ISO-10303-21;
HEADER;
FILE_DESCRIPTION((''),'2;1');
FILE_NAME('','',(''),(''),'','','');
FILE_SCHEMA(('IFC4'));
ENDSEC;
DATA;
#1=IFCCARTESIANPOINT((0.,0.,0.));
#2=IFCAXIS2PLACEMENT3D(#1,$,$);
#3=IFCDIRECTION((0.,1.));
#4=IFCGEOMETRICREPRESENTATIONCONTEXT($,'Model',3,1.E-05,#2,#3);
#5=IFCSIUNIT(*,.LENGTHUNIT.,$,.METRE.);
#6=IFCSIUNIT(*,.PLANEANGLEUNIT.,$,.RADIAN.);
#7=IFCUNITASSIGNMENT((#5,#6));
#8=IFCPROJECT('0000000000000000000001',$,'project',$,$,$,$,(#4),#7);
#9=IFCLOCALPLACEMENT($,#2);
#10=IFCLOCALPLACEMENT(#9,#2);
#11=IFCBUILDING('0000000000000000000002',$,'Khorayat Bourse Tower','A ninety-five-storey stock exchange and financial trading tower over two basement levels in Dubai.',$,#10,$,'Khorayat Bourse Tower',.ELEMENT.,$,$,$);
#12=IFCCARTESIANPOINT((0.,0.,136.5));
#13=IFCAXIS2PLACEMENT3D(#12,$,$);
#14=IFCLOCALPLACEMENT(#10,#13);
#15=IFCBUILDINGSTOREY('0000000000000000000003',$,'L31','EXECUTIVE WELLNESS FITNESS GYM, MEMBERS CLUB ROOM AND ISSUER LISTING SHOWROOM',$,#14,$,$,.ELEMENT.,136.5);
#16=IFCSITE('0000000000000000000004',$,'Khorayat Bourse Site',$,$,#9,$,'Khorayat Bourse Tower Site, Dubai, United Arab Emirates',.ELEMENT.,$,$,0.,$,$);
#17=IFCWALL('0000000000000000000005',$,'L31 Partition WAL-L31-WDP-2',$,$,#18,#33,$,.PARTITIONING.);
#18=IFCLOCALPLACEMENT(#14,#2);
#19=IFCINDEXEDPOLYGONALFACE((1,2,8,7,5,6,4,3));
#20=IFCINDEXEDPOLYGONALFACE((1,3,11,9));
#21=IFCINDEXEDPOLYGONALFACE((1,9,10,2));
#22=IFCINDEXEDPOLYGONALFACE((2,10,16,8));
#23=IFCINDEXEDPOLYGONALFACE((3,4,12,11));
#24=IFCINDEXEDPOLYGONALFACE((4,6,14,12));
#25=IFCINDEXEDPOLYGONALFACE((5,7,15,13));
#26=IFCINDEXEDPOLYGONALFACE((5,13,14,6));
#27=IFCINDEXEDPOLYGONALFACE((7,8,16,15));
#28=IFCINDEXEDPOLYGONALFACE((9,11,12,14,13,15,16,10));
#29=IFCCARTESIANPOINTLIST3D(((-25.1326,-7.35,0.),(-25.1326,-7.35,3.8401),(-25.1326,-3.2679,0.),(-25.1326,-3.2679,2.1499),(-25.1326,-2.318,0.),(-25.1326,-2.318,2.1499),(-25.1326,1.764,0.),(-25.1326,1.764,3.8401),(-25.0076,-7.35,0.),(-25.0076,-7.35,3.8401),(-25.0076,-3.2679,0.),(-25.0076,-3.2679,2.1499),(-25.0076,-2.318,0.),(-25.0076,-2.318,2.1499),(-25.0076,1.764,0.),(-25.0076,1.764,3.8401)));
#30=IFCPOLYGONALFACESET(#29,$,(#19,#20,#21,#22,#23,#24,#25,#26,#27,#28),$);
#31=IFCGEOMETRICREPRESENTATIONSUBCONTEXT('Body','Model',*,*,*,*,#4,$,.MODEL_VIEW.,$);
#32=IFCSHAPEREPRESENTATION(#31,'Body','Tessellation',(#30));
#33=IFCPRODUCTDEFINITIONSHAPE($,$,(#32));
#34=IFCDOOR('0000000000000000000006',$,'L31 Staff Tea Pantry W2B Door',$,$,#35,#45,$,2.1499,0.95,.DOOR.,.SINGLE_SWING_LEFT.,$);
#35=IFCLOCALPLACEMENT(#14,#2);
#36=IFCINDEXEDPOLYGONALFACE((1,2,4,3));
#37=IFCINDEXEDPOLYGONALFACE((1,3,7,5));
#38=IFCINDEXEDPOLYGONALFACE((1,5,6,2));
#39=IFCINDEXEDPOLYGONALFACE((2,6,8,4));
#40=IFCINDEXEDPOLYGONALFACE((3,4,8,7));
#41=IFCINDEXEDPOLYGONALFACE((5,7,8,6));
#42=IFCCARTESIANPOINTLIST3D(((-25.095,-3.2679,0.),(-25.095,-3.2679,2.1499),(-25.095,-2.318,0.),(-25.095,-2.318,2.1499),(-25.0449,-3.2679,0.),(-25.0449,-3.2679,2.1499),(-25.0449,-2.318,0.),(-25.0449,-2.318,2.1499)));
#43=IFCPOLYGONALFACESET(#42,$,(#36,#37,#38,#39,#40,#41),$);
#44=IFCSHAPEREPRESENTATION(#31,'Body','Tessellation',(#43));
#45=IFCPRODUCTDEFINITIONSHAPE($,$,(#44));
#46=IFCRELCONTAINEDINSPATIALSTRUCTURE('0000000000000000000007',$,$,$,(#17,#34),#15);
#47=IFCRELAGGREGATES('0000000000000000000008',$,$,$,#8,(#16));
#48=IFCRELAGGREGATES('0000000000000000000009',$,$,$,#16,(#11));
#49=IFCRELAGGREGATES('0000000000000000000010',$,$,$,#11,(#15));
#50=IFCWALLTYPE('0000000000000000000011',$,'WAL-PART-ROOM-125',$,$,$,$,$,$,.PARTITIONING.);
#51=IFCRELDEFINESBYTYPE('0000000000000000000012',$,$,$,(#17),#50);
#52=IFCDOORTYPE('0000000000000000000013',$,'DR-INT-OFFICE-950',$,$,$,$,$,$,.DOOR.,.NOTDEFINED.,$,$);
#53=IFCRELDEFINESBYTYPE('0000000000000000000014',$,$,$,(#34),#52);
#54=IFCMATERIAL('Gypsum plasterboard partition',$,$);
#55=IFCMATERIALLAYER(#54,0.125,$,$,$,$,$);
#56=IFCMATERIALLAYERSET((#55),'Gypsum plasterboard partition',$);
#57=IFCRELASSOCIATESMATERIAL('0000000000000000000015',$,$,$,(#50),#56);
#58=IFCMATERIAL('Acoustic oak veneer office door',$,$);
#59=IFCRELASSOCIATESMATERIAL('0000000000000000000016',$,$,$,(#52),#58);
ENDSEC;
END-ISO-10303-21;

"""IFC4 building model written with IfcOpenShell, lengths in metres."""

from ifc_helpers import new_model, si_unit, direction, frame, frame_2d, origin, place, context, subcontext, project, spatial, rectangle, extrude, source, transform, mapped, material, layer, layer_set, type_object, element, fill, save


model = new_model("IFC4")

# Units and contexts
model_context = context("Model", 3, precision=1e-05, world=origin(), true_north=direction((0.0, 1.0)))
body_context = subcontext(model_context, "Body", "Model", "MODEL_VIEW")
ifc_project = project(units=[si_unit("LENGTHUNIT", "METRE"), si_unit("PLANEANGLEUNIT", "RADIAN")], contexts=[model_context])

# Site, building, storey
site_placement = place(None, origin())
site = spatial("IfcSite", under=ifc_project, at=site_placement, Name="Khorayat Bourse Site", LongName="Khorayat Bourse Tower Site, Dubai, United Arab Emirates", CompositionType="ELEMENT", RefElevation=0.0)
building_placement = place(site_placement, origin())
building = spatial("IfcBuilding", under=site, at=building_placement, Name="Khorayat Bourse Tower", Description="A ninety-five-storey stock exchange and financial trading tower over two basement levels in Dubai.", LongName="Khorayat Bourse Tower", CompositionType="ELEMENT")
storey_placement = place(building_placement, frame((0.0, 0.0, 136.5)))
storey = spatial("IfcBuildingStorey", under=building, at=storey_placement, Name="L31", Description="EXECUTIVE WELLNESS FITNESS GYM, MEMBERS CLUB ROOM AND ISSUER LISTING SHOWROOM", CompositionType="ELEMENT", Elevation=136.5)

# Wall, opening, door
ifc_material_1 = material(Name="Gypsum plasterboard partition")
ifc_layer_1 = layer(ifc_material_1, 0.125)
ifc_layer_set_1 = layer_set([ifc_layer_1], Name="Gypsum plasterboard partition")
wall_type_1 = type_object("IfcWallType", Name="WAL-PART-ROOM-125", PredefinedType="PARTITIONING", material=ifc_layer_set_1)
shared_shape_1 = source(origin(), body_context, "Body", "SweptSolid", [
    extrude(rectangle(XDim=9.114, YDim=0.125, at=frame_2d((4.5571, 0.0))), origin(), (0.0, 0.0, 1.0), 3.8401),
])
wall_1_placement = place(storey_placement, frame((-25.0701, -7.3501, 0.0), z_axis=(0.0, 0.0, 1.0), x_axis=(0.0, 1.0, 0.0)))
wall_1 = element("IfcWall", 1, at=wall_1_placement, inside=storey, type_object=wall_type_1, Name="L31 Partition WAL-L31-WDP-2", PredefinedType="PARTITIONING", context=body_context, shape_type="MappedRepresentation", body=[
    mapped(shared_shape_1, transform((0.0, 0.0, 0.0), scale=1.0)),
])
shared_shape_2 = source(origin(), body_context, "Body", "SweptSolid", [
    extrude(rectangle(XDim=0.95, YDim=2.1499, at=frame_2d((0.4751, 1.075))), frame((0.0, 0.0725, 0.0), z_axis=(0.0, -1.0, 0.0), x_axis=(1.0, 0.0, 0.0)), (0.0, 0.0, 1.0), 0.145),
])
opening_1_placement = place(wall_1_placement, frame((4.082, 0.0, 0.0)))
opening_1 = element("IfcOpeningElement", 2, at=opening_1_placement, cuts=wall_1, PredefinedType="OPENING", context=body_context, shape_type="MappedRepresentation", body=[
    mapped(shared_shape_2, transform((0.0, 0.0, 0.0), scale=1.0)),
])
ifc_material_2 = material(Name="Acoustic oak veneer office door")
door_type_1 = type_object("IfcDoorType", Name="DR-INT-OFFICE-950", OperationType="NOTDEFINED", PredefinedType="DOOR", material=ifc_material_2)
shared_shape_3 = source(origin(), body_context, "Body", "SweptSolid", [
    extrude(rectangle(XDim=0.95, YDim=2.1499, at=frame_2d((0.4751, 1.075))), frame((0.0, 0.0249, 0.0), z_axis=(0.0, -1.0, 0.0), x_axis=(1.0, 0.0, 0.0)), (0.0, 0.0, 1.0), 0.05),
])
door_1_placement = place(opening_1_placement, origin())
door_1 = element("IfcDoor", 3, at=door_1_placement, inside=storey, type_object=door_type_1, Name="L31 Staff Tea Pantry W2B Door", OperationType="SINGLE_SWING_LEFT", OverallHeight=2.1499, OverallWidth=0.95, PredefinedType="DOOR", context=body_context, shape_type="MappedRepresentation", body=[
    mapped(shared_shape_3, transform((0.0, 0.0, 0.0), scale=1.0)),
])
fill(opening_1, door_1)

save(model, "model.ifc")
